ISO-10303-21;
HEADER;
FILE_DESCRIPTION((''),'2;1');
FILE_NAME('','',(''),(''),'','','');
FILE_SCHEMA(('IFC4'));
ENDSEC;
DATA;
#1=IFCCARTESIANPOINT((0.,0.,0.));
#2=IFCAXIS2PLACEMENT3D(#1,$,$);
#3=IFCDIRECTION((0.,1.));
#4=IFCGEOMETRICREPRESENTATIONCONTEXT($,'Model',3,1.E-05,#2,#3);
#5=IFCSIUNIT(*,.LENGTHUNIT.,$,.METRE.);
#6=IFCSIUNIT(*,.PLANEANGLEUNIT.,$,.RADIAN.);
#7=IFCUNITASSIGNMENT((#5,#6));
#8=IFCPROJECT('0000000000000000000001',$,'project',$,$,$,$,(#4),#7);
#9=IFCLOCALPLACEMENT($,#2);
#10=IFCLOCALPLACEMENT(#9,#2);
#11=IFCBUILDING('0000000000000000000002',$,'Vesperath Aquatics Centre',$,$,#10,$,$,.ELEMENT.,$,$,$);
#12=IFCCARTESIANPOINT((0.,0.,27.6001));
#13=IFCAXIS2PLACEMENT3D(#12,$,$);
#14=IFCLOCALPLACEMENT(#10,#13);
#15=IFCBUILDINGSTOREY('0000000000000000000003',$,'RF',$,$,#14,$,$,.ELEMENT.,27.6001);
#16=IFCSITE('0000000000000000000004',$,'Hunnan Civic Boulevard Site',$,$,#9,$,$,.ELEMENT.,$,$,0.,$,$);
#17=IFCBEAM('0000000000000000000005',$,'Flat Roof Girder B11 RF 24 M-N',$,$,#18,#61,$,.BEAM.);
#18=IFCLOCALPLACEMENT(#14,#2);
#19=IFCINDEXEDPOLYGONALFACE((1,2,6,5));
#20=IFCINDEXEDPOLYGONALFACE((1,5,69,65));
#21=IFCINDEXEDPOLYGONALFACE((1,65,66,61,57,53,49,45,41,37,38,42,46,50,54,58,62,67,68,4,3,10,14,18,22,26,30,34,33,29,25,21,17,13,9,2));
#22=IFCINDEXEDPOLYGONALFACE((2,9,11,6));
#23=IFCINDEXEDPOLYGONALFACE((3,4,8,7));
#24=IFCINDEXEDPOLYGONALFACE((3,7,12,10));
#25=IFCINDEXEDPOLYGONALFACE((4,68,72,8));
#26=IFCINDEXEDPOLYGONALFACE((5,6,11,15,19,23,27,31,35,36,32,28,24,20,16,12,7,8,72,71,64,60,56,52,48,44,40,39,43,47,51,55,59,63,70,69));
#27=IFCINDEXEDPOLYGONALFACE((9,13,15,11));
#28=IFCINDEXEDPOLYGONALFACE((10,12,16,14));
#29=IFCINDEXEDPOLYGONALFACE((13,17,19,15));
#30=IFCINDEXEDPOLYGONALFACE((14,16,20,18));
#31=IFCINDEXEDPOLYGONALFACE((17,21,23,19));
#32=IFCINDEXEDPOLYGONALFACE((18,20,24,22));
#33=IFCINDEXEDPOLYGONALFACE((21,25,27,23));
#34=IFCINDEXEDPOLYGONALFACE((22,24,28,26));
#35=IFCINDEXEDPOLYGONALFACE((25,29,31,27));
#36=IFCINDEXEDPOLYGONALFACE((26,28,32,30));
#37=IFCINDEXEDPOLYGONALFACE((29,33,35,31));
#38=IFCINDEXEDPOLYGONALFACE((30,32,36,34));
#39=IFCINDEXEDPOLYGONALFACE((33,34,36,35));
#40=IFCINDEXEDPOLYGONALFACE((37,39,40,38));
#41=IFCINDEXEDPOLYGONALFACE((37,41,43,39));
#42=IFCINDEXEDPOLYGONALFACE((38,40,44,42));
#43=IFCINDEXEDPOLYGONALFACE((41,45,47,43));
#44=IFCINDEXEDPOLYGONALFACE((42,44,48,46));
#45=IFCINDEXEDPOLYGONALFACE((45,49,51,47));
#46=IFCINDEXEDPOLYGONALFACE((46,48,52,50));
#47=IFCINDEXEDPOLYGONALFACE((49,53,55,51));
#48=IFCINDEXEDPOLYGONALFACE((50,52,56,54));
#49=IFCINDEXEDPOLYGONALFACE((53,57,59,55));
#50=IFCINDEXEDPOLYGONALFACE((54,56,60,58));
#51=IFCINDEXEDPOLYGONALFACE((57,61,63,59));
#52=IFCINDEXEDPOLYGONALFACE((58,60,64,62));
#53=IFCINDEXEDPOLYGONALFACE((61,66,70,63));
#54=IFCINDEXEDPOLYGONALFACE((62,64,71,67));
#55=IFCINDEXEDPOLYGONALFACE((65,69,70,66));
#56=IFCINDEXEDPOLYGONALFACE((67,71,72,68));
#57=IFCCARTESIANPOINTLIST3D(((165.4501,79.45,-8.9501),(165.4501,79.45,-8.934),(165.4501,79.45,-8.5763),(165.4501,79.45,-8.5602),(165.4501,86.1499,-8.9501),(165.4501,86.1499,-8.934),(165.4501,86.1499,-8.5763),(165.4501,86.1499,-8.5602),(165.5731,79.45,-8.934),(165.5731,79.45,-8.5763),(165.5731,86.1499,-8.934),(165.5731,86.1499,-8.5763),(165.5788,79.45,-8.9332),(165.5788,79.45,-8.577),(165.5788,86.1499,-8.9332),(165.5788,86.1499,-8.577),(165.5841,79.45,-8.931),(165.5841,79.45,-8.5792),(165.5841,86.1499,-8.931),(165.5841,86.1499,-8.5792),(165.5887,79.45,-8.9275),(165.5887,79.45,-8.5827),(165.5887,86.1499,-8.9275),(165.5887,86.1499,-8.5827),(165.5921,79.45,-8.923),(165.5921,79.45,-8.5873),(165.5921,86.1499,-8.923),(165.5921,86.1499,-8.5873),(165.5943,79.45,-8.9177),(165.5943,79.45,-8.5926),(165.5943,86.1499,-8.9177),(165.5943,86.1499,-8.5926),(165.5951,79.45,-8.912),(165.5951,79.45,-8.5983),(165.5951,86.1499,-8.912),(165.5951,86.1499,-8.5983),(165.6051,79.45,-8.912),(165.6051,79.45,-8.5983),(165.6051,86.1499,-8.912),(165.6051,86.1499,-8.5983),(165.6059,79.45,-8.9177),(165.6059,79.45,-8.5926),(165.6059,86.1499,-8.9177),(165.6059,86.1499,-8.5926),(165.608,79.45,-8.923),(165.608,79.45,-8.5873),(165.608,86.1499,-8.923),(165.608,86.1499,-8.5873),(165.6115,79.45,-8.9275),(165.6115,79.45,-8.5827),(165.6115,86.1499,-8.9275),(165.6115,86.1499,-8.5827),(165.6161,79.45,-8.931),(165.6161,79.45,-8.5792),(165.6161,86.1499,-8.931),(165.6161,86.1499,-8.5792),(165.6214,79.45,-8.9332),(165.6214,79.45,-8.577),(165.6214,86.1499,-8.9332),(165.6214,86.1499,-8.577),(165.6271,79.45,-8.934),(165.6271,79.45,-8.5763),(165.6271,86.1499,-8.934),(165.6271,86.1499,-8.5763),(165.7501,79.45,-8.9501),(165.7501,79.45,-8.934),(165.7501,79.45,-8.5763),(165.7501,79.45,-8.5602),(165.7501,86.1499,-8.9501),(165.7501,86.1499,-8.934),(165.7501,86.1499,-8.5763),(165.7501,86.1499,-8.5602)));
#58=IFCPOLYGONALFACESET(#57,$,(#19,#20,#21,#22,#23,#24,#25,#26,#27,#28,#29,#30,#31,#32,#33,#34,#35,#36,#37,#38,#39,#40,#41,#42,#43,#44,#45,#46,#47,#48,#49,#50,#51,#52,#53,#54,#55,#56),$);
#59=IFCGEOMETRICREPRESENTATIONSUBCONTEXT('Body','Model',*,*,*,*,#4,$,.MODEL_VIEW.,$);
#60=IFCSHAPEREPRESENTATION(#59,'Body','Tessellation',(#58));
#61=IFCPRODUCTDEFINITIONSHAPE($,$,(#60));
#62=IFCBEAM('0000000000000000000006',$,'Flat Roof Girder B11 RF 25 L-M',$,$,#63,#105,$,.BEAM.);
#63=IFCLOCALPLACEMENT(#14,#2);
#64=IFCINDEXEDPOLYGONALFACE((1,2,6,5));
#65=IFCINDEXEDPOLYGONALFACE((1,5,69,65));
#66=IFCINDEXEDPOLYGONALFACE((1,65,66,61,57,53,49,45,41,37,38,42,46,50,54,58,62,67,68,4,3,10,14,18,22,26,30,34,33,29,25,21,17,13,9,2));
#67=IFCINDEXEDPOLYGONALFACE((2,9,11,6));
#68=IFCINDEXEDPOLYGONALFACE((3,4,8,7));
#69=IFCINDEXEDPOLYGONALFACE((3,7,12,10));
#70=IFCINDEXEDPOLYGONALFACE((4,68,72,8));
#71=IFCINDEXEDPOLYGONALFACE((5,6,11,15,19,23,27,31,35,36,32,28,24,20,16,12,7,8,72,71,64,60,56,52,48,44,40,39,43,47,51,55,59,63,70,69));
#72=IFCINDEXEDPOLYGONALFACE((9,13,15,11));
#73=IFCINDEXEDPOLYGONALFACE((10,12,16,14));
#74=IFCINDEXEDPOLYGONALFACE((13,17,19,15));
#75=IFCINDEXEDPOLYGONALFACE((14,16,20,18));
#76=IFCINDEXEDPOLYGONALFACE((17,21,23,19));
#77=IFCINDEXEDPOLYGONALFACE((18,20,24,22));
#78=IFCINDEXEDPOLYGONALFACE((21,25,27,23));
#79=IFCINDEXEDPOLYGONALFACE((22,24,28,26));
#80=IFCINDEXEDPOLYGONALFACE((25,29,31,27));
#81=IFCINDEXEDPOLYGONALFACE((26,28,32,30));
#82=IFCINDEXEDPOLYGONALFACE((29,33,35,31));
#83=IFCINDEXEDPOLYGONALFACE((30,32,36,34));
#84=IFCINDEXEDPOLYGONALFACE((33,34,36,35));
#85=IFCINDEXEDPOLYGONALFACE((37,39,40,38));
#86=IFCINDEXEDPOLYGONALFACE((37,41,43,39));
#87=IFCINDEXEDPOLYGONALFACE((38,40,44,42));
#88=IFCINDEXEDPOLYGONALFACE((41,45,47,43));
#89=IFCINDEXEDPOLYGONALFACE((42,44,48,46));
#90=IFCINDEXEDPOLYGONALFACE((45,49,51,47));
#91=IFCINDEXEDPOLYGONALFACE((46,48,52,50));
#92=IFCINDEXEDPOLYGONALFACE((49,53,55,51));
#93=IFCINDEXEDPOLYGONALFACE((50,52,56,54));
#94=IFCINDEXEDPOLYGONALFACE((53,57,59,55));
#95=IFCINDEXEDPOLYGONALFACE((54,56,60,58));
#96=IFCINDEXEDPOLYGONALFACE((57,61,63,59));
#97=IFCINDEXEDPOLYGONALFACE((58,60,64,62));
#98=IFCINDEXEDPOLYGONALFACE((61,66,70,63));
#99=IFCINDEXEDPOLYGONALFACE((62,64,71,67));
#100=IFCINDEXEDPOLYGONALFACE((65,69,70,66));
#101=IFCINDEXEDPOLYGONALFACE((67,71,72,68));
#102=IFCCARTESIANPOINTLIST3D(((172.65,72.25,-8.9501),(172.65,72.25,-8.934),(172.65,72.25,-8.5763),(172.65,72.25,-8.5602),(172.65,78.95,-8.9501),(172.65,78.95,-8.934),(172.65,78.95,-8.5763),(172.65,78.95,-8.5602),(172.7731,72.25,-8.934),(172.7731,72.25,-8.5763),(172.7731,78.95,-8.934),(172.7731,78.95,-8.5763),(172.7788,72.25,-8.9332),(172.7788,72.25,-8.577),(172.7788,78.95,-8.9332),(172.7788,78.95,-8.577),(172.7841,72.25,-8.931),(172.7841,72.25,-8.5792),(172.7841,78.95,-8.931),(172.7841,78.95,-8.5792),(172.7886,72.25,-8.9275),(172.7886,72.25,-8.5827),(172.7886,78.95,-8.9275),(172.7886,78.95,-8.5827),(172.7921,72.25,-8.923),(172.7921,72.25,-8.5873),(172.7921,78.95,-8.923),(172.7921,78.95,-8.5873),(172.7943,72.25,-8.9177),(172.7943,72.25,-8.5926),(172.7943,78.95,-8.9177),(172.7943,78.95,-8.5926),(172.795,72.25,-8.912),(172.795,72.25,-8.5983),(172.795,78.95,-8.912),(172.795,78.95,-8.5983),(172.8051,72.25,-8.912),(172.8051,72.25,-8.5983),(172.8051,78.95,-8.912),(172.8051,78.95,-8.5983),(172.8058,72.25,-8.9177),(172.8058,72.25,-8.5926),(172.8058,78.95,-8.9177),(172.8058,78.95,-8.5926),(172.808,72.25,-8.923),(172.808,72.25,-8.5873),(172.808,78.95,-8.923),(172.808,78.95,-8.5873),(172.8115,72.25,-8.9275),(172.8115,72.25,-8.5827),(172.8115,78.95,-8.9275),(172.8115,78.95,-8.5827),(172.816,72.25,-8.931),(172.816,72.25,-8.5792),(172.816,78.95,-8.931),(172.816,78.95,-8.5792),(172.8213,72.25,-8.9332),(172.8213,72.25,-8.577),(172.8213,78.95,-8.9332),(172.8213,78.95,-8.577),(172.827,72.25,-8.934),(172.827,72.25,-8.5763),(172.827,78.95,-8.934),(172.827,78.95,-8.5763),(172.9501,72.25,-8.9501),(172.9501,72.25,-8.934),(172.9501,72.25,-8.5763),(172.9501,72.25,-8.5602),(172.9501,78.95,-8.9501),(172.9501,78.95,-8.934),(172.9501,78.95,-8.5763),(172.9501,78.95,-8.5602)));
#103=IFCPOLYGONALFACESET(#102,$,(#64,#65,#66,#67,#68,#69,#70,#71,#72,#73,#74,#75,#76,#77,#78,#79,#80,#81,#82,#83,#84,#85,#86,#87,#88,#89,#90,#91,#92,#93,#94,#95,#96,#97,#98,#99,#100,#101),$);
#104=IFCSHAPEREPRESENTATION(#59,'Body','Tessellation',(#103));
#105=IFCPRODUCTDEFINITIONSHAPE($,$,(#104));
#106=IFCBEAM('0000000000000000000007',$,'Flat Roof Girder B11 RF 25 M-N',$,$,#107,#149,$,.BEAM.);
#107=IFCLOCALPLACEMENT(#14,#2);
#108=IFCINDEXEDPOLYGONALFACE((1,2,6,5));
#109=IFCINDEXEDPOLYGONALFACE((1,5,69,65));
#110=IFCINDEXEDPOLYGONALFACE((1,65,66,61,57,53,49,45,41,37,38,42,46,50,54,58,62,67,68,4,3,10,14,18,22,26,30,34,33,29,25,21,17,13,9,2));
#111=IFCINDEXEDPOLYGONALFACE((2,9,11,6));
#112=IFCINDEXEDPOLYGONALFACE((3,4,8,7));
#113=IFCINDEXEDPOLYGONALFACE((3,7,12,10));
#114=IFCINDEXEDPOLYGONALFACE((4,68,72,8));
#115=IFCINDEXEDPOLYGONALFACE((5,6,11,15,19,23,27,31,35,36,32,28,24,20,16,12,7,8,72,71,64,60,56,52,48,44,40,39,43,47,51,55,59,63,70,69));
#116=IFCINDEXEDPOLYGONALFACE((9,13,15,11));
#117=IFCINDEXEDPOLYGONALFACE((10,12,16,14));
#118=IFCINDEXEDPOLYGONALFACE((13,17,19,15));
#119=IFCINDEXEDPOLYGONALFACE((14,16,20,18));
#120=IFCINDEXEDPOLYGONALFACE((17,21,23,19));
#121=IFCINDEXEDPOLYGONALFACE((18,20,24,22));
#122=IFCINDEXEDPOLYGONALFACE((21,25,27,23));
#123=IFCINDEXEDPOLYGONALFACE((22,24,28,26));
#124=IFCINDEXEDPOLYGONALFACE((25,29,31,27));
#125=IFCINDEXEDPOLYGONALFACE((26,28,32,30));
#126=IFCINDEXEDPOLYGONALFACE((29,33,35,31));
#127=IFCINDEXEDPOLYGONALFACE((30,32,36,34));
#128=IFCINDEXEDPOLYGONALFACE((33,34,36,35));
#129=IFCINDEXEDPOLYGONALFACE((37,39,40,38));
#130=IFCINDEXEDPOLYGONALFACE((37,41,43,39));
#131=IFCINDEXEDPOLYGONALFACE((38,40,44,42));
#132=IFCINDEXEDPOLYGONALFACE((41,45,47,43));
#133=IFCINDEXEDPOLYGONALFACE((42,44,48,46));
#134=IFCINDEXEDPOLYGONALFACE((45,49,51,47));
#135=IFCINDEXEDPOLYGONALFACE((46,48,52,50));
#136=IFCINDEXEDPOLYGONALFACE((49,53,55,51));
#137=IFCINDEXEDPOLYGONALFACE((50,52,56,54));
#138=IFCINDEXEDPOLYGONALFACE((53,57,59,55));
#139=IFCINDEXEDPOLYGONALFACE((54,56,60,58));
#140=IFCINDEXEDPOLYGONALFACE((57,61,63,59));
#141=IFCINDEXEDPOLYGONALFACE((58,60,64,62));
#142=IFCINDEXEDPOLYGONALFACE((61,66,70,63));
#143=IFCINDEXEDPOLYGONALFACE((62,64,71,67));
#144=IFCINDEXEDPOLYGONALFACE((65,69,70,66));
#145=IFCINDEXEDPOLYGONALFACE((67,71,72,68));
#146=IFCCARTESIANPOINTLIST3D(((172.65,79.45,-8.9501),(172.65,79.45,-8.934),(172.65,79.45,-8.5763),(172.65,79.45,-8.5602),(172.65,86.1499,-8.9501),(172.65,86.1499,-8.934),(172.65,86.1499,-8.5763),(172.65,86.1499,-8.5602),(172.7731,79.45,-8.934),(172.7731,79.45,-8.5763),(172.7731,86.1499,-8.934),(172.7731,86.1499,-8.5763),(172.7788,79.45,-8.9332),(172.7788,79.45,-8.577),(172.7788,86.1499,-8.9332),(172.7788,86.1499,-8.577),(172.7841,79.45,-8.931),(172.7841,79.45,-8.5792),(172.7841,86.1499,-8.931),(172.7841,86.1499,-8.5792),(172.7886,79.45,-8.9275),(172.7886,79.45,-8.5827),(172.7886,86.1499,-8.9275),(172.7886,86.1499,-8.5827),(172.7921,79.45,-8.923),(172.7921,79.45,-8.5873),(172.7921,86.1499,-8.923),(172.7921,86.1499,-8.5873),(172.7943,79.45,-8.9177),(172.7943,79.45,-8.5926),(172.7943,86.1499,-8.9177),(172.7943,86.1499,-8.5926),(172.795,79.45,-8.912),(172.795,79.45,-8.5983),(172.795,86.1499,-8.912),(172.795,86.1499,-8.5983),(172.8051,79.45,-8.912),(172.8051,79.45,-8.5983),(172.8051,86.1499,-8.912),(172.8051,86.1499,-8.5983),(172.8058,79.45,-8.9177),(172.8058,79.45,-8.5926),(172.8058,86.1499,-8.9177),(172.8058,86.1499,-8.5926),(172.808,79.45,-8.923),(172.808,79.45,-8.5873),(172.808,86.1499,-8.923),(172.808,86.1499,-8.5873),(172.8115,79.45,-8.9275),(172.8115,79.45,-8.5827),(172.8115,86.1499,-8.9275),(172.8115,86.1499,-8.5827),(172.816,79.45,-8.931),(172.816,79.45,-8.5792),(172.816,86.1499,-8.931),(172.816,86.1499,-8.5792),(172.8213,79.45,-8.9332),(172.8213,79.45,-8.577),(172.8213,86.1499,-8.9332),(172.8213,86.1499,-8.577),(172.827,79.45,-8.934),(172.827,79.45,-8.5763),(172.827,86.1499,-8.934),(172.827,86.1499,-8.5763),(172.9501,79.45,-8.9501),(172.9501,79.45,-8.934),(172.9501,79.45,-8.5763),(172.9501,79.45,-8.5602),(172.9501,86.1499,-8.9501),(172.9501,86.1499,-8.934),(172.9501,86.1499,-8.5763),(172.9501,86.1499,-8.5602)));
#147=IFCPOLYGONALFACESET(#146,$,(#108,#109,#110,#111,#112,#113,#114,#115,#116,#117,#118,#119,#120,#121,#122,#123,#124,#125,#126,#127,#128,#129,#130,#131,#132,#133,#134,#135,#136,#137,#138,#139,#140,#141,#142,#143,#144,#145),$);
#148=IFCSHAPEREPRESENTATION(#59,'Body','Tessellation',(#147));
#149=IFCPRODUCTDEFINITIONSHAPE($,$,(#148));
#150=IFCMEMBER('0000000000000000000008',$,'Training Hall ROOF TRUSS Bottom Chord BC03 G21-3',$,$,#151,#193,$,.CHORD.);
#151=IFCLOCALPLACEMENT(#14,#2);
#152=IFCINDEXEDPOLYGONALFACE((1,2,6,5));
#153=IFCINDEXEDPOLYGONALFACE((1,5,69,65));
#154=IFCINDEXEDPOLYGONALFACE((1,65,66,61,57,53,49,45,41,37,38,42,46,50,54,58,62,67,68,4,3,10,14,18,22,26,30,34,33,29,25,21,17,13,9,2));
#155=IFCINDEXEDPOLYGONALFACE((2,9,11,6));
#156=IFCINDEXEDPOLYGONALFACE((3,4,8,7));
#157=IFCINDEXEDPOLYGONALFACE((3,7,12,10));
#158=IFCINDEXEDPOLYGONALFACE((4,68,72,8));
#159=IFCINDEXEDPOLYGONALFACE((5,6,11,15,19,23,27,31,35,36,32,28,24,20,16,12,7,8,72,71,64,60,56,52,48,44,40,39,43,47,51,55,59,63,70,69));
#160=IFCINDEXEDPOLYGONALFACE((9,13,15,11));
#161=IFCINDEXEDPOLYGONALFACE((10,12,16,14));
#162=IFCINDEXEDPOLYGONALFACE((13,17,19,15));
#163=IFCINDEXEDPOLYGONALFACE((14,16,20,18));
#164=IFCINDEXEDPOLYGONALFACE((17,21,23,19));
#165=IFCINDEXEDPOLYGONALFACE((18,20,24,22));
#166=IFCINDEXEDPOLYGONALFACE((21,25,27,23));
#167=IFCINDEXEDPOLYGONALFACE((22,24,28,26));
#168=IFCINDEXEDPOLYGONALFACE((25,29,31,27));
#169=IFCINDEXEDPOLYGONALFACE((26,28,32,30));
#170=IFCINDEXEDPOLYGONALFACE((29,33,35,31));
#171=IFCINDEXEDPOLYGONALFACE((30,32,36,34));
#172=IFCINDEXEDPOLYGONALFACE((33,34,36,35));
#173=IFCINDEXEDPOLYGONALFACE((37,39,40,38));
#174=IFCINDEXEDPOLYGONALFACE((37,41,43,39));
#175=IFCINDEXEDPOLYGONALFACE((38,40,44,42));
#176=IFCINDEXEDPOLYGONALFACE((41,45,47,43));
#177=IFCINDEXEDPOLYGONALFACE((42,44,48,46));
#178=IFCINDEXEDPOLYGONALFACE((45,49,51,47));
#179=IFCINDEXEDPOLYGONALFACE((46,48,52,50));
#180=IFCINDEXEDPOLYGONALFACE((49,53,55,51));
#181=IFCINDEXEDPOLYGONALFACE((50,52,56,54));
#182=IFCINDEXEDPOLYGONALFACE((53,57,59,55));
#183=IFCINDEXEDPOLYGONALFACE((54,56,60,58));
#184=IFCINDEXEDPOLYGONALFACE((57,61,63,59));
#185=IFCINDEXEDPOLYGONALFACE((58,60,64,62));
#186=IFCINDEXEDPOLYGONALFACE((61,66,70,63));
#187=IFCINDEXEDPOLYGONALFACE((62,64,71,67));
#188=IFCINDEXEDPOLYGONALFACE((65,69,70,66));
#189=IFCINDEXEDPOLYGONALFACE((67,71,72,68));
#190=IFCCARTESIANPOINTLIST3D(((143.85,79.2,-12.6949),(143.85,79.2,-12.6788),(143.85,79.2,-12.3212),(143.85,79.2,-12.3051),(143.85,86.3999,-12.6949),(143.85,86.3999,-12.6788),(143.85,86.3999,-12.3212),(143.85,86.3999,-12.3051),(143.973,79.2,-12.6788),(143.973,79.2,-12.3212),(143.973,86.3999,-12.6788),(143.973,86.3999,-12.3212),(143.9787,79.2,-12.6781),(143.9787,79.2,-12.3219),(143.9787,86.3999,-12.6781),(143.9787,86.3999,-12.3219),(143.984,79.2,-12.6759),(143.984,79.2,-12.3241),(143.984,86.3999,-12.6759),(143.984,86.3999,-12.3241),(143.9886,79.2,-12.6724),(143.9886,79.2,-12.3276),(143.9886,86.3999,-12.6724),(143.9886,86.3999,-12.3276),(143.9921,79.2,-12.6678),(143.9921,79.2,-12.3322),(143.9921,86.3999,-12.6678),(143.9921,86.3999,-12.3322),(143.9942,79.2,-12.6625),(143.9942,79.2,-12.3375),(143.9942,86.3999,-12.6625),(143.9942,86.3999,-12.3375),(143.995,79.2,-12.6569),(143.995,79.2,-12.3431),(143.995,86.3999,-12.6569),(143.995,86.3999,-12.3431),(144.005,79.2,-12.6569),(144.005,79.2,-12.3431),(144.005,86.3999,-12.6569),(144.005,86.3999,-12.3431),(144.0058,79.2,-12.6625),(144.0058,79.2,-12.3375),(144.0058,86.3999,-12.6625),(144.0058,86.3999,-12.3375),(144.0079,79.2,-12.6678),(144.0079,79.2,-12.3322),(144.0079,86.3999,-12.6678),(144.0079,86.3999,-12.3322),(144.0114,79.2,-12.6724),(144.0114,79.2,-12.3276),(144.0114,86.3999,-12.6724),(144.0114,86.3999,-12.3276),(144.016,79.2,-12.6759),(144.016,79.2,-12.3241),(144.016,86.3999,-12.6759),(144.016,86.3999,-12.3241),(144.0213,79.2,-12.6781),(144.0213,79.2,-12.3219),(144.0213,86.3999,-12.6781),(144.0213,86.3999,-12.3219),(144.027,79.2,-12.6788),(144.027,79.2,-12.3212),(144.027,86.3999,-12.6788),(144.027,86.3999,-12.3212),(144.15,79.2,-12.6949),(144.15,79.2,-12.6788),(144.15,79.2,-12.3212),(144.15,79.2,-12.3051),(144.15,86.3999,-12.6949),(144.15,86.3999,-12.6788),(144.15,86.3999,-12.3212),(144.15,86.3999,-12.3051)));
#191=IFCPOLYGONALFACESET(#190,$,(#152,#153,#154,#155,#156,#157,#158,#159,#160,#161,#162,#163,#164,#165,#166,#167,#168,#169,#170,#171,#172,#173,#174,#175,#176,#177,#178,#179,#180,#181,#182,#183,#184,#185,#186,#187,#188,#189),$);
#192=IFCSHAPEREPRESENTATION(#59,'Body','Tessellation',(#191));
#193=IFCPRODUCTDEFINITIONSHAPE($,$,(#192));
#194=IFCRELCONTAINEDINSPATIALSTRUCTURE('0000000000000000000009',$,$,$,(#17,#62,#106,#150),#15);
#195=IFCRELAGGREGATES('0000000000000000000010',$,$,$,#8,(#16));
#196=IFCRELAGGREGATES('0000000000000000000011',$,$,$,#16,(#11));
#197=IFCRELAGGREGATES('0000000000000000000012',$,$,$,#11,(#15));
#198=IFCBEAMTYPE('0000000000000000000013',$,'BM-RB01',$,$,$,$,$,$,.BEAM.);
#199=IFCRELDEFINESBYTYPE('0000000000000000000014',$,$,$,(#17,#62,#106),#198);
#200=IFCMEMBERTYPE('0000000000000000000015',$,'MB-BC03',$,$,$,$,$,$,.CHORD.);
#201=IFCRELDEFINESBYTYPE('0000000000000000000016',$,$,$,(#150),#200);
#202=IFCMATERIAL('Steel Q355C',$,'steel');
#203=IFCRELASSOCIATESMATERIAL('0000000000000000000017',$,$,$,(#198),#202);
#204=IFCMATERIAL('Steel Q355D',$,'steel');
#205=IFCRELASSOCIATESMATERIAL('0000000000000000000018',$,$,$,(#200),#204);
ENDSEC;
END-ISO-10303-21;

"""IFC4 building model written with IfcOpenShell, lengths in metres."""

from ifc_helpers import new_model, si_unit, direction, frame, origin, origin_2d, place, context, subcontext, project, spatial, i_section, extrude, material, material_profile, profile_set, type_object, element, save


model = new_model("IFC4")

# Units and contexts
model_context = context("Model", 3, precision=1e-05, world=origin(), true_north=direction((0.0, 1.0)))
body_context = subcontext(model_context, "Body", "Model", "MODEL_VIEW")
ifc_project = project(units=[si_unit("LENGTHUNIT", "METRE"), si_unit("PLANEANGLEUNIT", "RADIAN")], contexts=[model_context])

# Site, building, storey
site_placement = place(None, origin())
site = spatial("IfcSite", under=ifc_project, at=site_placement, Name="Hunnan Civic Boulevard Site", CompositionType="ELEMENT", RefElevation=0.0)
building_placement = place(site_placement, origin())
building = spatial("IfcBuilding", under=site, at=building_placement, Name="Vesperath Aquatics Centre", CompositionType="ELEMENT")
storey_placement = place(building_placement, frame((0.0, 0.0, 27.6001)))
storey = spatial("IfcBuildingStorey", under=building, at=storey_placement, Name="RF", CompositionType="ELEMENT", Elevation=27.6001)

# Beams
ifc_material_1 = material(Name="Steel Q355C", Category="steel")
ifc_material_profile_1 = material_profile(ifc_material_1, i_section(OverallWidth=0.3, OverallDepth=0.3899, WebThickness=0.01, FlangeThickness=0.0161, FilletRadius=0.022, at=origin_2d()), Name="HM 390x300x10x16")
ifc_profile_set_1 = profile_set([ifc_material_profile_1], Name="Steel Q355C")
beam_type = type_object("IfcBeamType", Name="BM-RB01", PredefinedType="BEAM", material=ifc_profile_set_1)
for number, where, z_axis, x_axis, name in (
    (1, (165.6001, 79.45, -8.7551), (0.0, 1.0, 0.0), (-1.0, 0.0, 0.0), "Flat Roof Girder B11 RF 24 M-N"),
    (2, (172.8, 72.25, -8.7551), (0.0, 1.0, 0.0), (-1.0, 0.0, 0.0), "Flat Roof Girder B11 RF 25 L-M"),
    (3, (172.8, 79.45, -8.7551), (0.0, 1.0, 0.0), (-1.0, 0.0, 0.0), "Flat Roof Girder B11 RF 25 M-N"),
):
    element("IfcBeam", number, at=place(storey_placement, frame(where, z_axis=z_axis, x_axis=x_axis)), inside=storey, type_object=beam_type, Name=name, PredefinedType="BEAM", context=body_context, shape_type="SweptSolid", body=[
        extrude(i_section(OverallWidth=0.3, OverallDepth=0.3899, WebThickness=0.01, FlangeThickness=0.0161, FilletRadius=0.022, at=origin_2d()), origin(), (0.0, 0.0, 1.0), 6.7),
    ])

# Member
ifc_material_2 = material(Name="Steel Q355D", Category="steel")
ifc_material_profile_2 = material_profile(ifc_material_2, i_section(OverallWidth=0.3, OverallDepth=0.3899, WebThickness=0.01, FlangeThickness=0.0161, FilletRadius=0.022, at=origin_2d()), Name="HM 390x300x10x16")
ifc_profile_set_2 = profile_set([ifc_material_profile_2], Name="Steel Q355D")
member_type_1 = type_object("IfcMemberType", Name="MB-BC03", PredefinedType="CHORD", material=ifc_profile_set_2)
member_1_placement = place(storey_placement, frame((144.0, 79.2, -12.5), z_axis=(0.0, 1.0, 0.0), x_axis=(-1.0, 0.0, 0.0)))
element("IfcMember", 4, at=member_1_placement, inside=storey, type_object=member_type_1, Name="Training Hall ROOF TRUSS Bottom Chord BC03 G21-3", PredefinedType="CHORD", context=body_context, shape_type="SweptSolid", body=[
    extrude(i_section(OverallWidth=0.3, OverallDepth=0.3899, WebThickness=0.01, FlangeThickness=0.0161, FilletRadius=0.022, at=origin_2d()), origin(), (0.0, 0.0, 1.0), 7.2),
])

save(model, "model.ifc")
